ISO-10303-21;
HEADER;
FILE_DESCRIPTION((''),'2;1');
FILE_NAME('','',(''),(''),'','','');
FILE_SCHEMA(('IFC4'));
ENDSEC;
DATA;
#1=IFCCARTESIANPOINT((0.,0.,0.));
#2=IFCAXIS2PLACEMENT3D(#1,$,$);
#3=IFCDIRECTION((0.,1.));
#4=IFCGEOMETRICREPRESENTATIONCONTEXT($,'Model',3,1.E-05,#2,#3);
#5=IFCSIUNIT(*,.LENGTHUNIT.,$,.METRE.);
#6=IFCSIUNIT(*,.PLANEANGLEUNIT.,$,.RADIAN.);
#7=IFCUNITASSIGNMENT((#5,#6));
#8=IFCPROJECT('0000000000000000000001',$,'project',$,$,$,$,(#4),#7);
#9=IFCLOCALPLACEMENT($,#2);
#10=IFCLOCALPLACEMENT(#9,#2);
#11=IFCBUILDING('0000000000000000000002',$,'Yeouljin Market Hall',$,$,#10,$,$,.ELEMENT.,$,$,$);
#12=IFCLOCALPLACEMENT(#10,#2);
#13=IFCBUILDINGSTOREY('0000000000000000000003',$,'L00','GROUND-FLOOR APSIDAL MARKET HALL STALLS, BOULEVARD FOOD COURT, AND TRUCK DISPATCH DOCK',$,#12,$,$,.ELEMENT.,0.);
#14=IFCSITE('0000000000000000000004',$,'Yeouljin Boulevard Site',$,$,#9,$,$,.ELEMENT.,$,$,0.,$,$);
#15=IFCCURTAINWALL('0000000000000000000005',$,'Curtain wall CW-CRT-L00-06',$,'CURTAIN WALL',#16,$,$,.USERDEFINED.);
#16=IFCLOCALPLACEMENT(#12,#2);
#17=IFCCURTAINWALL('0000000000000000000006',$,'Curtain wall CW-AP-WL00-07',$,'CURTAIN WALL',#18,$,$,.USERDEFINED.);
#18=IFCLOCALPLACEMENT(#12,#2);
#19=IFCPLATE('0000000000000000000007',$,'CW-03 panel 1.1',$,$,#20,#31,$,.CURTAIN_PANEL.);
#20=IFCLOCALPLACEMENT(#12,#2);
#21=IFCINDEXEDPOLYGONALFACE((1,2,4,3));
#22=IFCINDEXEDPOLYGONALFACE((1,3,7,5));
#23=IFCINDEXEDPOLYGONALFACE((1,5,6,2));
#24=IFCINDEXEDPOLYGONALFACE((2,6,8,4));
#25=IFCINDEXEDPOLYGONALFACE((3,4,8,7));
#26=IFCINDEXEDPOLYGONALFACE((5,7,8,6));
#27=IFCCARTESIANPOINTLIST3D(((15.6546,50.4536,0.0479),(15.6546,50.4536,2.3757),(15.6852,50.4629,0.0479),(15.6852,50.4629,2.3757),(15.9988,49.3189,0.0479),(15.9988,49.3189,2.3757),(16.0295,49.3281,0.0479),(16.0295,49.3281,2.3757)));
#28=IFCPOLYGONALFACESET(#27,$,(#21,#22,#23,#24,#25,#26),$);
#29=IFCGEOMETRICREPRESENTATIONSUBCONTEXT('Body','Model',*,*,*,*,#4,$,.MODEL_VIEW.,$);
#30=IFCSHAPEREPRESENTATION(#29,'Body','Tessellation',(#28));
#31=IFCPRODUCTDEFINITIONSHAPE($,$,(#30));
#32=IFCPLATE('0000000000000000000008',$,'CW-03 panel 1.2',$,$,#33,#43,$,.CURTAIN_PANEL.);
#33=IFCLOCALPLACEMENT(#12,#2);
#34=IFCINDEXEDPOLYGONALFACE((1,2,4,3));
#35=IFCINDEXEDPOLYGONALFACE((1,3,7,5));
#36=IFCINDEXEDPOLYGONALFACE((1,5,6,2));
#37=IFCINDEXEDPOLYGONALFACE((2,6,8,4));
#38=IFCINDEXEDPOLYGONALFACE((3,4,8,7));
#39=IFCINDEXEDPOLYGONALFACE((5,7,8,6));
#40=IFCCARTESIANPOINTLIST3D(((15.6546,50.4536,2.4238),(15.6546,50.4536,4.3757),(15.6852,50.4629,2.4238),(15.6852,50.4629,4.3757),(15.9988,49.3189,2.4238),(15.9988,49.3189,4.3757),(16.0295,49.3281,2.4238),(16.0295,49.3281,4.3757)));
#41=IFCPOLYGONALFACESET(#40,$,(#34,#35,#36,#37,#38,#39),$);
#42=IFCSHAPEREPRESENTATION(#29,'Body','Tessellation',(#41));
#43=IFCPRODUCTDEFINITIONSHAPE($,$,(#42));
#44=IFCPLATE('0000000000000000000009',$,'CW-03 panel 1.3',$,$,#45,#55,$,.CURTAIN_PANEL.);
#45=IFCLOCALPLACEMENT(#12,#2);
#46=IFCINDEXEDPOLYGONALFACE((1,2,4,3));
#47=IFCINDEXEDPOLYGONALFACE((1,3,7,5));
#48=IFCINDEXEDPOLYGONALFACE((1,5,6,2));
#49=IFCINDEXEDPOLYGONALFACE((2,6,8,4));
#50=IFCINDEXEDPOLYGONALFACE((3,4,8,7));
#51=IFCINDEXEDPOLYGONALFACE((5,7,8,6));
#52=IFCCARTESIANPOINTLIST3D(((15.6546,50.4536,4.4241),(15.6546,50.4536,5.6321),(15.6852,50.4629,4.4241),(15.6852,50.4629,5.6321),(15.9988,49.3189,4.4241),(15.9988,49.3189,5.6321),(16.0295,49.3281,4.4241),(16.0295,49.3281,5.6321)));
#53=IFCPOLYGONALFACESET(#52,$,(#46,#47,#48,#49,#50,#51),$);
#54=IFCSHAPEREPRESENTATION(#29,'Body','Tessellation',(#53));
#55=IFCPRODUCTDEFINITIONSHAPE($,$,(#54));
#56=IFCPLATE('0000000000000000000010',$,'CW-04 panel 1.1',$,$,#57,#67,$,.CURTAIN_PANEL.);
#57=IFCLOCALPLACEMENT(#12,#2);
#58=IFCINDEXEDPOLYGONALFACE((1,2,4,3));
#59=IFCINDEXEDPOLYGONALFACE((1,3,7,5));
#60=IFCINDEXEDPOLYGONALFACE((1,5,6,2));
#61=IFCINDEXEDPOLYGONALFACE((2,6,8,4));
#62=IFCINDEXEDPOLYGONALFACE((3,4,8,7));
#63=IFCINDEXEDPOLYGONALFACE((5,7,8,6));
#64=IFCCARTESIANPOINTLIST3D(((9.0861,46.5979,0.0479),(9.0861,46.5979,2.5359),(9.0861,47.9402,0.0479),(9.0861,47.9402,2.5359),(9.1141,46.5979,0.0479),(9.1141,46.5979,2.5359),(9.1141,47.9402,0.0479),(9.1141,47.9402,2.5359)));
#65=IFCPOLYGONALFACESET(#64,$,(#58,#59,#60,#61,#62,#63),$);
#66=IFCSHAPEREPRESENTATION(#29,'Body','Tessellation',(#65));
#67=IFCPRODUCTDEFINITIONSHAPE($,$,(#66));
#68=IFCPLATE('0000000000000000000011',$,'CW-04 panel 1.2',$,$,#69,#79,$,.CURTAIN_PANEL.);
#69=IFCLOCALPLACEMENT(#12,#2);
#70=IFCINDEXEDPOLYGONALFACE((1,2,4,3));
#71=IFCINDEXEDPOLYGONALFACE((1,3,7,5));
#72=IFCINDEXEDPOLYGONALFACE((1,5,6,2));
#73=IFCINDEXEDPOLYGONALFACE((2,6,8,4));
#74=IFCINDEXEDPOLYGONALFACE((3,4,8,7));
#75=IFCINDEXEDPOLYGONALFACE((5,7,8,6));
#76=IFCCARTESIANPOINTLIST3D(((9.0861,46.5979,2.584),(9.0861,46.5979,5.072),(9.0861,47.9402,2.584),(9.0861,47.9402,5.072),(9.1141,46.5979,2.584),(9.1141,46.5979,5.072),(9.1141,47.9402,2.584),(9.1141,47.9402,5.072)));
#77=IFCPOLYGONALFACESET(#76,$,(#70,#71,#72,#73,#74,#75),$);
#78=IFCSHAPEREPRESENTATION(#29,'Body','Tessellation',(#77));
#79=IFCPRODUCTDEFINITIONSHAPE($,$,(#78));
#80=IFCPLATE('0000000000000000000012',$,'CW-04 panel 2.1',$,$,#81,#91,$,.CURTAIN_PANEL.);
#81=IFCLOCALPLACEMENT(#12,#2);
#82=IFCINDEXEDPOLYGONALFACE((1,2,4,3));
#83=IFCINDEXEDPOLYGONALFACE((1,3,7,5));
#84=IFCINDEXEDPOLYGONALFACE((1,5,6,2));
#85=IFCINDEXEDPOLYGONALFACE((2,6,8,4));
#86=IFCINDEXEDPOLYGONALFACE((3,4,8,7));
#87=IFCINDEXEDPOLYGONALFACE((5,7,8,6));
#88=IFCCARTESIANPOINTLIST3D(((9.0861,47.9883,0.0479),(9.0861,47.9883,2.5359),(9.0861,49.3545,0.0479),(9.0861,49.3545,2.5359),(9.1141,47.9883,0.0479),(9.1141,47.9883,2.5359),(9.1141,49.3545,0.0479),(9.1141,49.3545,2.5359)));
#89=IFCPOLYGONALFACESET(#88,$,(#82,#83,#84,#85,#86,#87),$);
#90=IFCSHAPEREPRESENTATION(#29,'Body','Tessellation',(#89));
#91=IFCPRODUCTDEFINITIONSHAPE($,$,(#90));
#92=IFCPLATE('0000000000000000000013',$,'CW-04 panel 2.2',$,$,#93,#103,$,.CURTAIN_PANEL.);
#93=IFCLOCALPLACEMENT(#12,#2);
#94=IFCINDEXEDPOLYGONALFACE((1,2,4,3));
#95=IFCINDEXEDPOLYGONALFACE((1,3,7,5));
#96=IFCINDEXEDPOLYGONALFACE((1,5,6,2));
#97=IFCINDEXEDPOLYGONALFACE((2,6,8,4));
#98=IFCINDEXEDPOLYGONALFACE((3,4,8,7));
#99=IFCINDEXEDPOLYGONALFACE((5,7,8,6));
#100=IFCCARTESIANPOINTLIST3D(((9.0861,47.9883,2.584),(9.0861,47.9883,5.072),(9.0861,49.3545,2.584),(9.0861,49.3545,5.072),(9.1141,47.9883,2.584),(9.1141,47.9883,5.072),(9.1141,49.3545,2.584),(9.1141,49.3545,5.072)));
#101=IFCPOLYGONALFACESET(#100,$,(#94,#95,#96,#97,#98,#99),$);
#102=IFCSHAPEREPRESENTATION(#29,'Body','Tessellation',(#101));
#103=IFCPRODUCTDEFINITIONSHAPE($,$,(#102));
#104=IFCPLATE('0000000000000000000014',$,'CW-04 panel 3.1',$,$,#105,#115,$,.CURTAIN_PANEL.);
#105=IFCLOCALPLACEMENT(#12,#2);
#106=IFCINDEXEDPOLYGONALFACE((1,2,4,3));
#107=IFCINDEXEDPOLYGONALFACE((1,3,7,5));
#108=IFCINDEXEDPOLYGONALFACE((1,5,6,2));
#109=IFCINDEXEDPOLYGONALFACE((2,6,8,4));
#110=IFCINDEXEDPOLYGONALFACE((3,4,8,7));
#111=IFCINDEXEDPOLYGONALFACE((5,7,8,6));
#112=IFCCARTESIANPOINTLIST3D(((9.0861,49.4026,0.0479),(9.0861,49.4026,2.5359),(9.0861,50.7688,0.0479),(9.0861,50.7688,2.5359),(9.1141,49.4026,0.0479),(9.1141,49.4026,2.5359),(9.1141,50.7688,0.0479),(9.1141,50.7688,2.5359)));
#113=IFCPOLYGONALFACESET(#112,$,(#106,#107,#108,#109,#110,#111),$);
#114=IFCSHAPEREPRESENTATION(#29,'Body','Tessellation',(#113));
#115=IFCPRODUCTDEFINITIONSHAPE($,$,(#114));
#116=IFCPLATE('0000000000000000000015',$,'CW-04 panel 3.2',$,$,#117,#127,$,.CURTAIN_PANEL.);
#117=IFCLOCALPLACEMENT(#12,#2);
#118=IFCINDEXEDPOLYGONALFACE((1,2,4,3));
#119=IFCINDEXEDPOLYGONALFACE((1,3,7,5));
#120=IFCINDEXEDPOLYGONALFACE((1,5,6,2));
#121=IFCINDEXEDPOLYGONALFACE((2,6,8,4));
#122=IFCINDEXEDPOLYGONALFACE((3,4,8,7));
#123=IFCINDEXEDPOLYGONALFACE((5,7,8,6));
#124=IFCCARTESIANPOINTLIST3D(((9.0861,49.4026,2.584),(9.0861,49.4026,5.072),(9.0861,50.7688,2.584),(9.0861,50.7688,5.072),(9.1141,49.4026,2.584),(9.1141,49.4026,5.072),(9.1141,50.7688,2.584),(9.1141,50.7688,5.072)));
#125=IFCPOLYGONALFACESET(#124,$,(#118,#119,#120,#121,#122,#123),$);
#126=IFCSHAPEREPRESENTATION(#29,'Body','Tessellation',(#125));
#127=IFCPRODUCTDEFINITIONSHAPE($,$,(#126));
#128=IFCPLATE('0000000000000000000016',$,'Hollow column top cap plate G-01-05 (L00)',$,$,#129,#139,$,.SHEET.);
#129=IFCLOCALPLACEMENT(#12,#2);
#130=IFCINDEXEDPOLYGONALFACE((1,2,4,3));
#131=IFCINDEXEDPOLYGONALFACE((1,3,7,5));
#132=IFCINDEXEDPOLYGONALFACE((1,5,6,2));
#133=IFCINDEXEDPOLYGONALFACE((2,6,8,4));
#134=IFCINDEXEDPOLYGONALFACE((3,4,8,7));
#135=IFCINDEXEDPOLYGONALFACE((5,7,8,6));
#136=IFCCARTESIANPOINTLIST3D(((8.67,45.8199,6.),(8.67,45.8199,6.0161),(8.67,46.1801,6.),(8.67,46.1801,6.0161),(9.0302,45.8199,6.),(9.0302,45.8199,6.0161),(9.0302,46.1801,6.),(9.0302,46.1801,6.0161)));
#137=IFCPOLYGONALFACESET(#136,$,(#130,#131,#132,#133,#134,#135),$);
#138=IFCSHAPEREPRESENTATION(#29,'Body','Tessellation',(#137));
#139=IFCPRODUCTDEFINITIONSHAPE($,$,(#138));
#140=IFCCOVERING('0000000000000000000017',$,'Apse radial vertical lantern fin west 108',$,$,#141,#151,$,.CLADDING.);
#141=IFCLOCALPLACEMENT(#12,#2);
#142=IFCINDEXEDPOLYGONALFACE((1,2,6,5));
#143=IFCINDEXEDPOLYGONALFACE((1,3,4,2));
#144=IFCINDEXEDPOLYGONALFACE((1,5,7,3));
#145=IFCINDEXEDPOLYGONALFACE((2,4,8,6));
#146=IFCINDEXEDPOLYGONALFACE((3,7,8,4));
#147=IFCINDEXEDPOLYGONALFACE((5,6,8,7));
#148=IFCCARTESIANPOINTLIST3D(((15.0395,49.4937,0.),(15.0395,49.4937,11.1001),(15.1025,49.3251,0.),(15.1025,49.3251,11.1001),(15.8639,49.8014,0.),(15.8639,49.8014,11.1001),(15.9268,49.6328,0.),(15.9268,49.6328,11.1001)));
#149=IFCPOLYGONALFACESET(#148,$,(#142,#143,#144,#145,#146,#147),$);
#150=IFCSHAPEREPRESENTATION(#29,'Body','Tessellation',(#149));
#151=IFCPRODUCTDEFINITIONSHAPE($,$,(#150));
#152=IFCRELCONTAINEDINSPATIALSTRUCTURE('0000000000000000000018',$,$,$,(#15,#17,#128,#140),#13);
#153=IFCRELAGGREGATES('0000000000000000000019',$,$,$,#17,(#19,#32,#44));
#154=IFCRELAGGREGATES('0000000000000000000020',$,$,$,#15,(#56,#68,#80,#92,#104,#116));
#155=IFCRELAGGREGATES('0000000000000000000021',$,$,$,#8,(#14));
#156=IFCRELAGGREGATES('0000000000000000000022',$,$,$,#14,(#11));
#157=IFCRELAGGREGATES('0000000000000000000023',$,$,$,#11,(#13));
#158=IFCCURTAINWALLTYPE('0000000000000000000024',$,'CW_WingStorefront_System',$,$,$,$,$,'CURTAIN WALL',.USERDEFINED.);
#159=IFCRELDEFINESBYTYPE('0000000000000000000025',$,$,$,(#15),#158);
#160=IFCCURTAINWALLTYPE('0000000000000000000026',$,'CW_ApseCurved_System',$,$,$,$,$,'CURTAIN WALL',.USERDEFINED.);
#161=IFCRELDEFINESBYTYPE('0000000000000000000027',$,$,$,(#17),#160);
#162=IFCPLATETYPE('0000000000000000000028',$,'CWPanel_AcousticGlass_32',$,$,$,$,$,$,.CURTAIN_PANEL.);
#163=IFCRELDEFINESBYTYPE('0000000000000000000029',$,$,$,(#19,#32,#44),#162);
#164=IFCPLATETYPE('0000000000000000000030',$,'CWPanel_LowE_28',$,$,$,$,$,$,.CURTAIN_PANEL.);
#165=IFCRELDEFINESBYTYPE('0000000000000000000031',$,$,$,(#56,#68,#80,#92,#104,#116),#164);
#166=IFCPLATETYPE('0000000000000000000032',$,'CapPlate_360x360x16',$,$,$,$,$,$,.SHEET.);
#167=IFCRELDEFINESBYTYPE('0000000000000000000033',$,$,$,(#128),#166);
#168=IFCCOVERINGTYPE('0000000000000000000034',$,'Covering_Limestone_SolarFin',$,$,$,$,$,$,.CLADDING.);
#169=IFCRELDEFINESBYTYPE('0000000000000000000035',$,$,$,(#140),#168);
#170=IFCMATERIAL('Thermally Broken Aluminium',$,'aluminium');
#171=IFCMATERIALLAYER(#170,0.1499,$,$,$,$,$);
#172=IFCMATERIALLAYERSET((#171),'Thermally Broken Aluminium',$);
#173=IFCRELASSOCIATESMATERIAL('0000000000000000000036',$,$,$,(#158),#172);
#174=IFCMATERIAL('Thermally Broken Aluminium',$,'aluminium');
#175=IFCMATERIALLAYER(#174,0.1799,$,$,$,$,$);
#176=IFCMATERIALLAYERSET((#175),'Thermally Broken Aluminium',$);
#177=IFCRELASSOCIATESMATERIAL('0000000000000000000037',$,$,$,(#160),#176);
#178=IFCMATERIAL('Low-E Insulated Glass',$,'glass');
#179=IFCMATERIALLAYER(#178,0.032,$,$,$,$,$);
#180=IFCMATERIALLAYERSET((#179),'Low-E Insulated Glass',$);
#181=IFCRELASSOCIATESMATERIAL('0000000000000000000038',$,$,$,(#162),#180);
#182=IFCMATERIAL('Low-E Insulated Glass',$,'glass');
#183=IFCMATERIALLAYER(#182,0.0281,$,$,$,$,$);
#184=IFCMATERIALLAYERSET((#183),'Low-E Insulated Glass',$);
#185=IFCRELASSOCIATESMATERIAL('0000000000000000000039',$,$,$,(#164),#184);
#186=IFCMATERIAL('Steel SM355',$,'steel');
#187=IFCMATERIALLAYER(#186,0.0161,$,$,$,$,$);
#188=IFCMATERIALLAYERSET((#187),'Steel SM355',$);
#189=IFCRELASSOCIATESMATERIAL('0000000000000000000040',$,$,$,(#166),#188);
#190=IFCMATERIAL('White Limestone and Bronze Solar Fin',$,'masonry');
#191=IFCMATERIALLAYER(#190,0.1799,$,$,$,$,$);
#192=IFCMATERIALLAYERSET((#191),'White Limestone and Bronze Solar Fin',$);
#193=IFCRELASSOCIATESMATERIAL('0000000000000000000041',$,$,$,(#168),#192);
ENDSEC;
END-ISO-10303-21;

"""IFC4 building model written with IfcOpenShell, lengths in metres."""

from ifc_helpers import new_model, si_unit, direction, frame, origin, origin_2d, place, context, subcontext, project, spatial, rectangle, extrude, material, layer, layer_set, type_object, element, aggregate, save


model = new_model("IFC4")

# Units and contexts
model_context = context("Model", 3, precision=1e-05, world=origin(), true_north=direction((0.0, 1.0)))
body_context = subcontext(model_context, "Body", "Model", "MODEL_VIEW")
ifc_project = project(units=[si_unit("LENGTHUNIT", "METRE"), si_unit("PLANEANGLEUNIT", "RADIAN")], contexts=[model_context])

# Site, building, storey
site_placement = place(None, origin())
site = spatial("IfcSite", under=ifc_project, at=site_placement, Name="Yeouljin Boulevard Site", CompositionType="ELEMENT", RefElevation=0.0)
building_placement = place(site_placement, origin())
building = spatial("IfcBuilding", under=site, at=building_placement, Name="Yeouljin Market Hall", CompositionType="ELEMENT")
storey_placement = place(building_placement, origin())
storey = spatial("IfcBuildingStorey", under=building, at=storey_placement, Name="L00", Description="GROUND-FLOOR APSIDAL MARKET HALL STALLS, BOULEVARD FOOD COURT, AND TRUCK DISPATCH DOCK", CompositionType="ELEMENT", Elevation=0.0)

# Curtain wall
ifc_material_1 = material(Name="Thermally Broken Aluminium", Category="aluminium")
ifc_layer_1 = layer(ifc_material_1, 0.1499)
ifc_layer_set_1 = layer_set([ifc_layer_1], Name="Thermally Broken Aluminium")
curtain_wall_type_1 = type_object("IfcCurtainWallType", Name="CW_WingStorefront_System", ElementType="CURTAIN WALL", PredefinedType="USERDEFINED", material=ifc_layer_set_1)
curtain_wall_1_placement = place(storey_placement, origin())
curtain_wall_1 = element("IfcCurtainWall", 1, at=curtain_wall_1_placement, inside=storey, type_object=curtain_wall_type_1, Name="Curtain wall CW-CRT-L00-06", ObjectType="CURTAIN WALL", PredefinedType="USERDEFINED")

# Curtain wall
ifc_material_2 = material(Name="Thermally Broken Aluminium", Category="aluminium")
ifc_layer_2 = layer(ifc_material_2, 0.1799)
ifc_layer_set_2 = layer_set([ifc_layer_2], Name="Thermally Broken Aluminium")
curtain_wall_type_2 = type_object("IfcCurtainWallType", Name="CW_ApseCurved_System", ElementType="CURTAIN WALL", PredefinedType="USERDEFINED", material=ifc_layer_set_2)
curtain_wall_2_placement = place(storey_placement, origin())
curtain_wall_2 = element("IfcCurtainWall", 2, at=curtain_wall_2_placement, inside=storey, type_object=curtain_wall_type_2, Name="Curtain wall CW-AP-WL00-07", ObjectType="CURTAIN WALL", PredefinedType="USERDEFINED")

# Plates
ifc_material_3 = material(Name="Low-E Insulated Glass", Category="glass")
ifc_layer_3 = layer(ifc_material_3, 0.032)
ifc_layer_set_3 = layer_set([ifc_layer_3], Name="Low-E Insulated Glass")
plate_type_1 = type_object("IfcPlateType", Name="CWPanel_AcousticGlass_32", PredefinedType="CURTAIN_PANEL", material=ifc_layer_set_3)
plate_1_placement = place(storey_placement, frame((15.842, 49.8909, 0.0479), z_axis=(0.0, 0.0, 1.0), x_axis=(-0.290286, 0.95694, 0.0)))
plate_1 = element("IfcPlate", 3, at=plate_1_placement, type_object=plate_type_1, Name="CW-03 panel 1.1", PredefinedType="CURTAIN_PANEL", context=body_context, shape_type="SweptSolid", body=[
    extrude(rectangle(XDim=1.1858, YDim=0.032, at=origin_2d()), origin(), (0.0, 0.0, 1.0), 2.3279),
])
plate_2_placement = place(storey_placement, frame((15.842, 49.8909, 2.4238), z_axis=(0.0, 0.0, 1.0), x_axis=(-0.290286, 0.95694, 0.0)))
plate_2 = element("IfcPlate", 4, at=plate_2_placement, type_object=plate_type_1, Name="CW-03 panel 1.2", PredefinedType="CURTAIN_PANEL", context=body_context, shape_type="SweptSolid", body=[
    extrude(rectangle(XDim=1.1858, YDim=0.032, at=origin_2d()), origin(), (0.0, 0.0, 1.0), 1.9519),
])
plate_3_placement = place(storey_placement, frame((15.842, 49.8909, 4.4241), z_axis=(0.0, 0.0, 1.0), x_axis=(-0.290286, 0.95694, 0.0)))
plate_3 = element("IfcPlate", 5, at=plate_3_placement, type_object=plate_type_1, Name="CW-03 panel 1.3", PredefinedType="CURTAIN_PANEL", context=body_context, shape_type="SweptSolid", body=[
    extrude(rectangle(XDim=1.1858, YDim=0.032, at=origin_2d()), origin(), (0.0, 0.0, 1.0), 1.208),
])
aggregate(curtain_wall_2, [plate_1, plate_2, plate_3])
ifc_material_4 = material(Name="Low-E Insulated Glass", Category="glass")
ifc_layer_4 = layer(ifc_material_4, 0.0281)
ifc_layer_set_4 = layer_set([ifc_layer_4], Name="Low-E Insulated Glass")
plate_type_2 = type_object("IfcPlateType", Name="CWPanel_LowE_28", PredefinedType="CURTAIN_PANEL", material=ifc_layer_set_4)
plate_4_placement = place(storey_placement, frame((9.1001, 47.269, 0.0479), z_axis=(0.0, 0.0, 1.0), x_axis=(0.0, 1.0, 0.0)))
plate_4 = element("IfcPlate", 6, at=plate_4_placement, type_object=plate_type_2, Name="CW-04 panel 1.1", PredefinedType="CURTAIN_PANEL", context=body_context, shape_type="SweptSolid", body=[
    extrude(rectangle(XDim=1.3423, YDim=0.0281, at=origin_2d()), origin(), (0.0, 0.0, 1.0), 2.488),
])
plate_5_placement = place(storey_placement, frame((9.1001, 47.269, 2.584), z_axis=(0.0, 0.0, 1.0), x_axis=(0.0, 1.0, 0.0)))
plate_5 = element("IfcPlate", 7, at=plate_5_placement, type_object=plate_type_2, Name="CW-04 panel 1.2", PredefinedType="CURTAIN_PANEL", context=body_context, shape_type="SweptSolid", body=[
    extrude(rectangle(XDim=1.3423, YDim=0.0281, at=origin_2d()), origin(), (0.0, 0.0, 1.0), 2.488),
])
plate_6_placement = place(storey_placement, frame((9.1001, 48.6714, 0.0479), z_axis=(0.0, 0.0, 1.0), x_axis=(0.0, 1.0, 0.0)))
plate_6 = element("IfcPlate", 8, at=plate_6_placement, type_object=plate_type_2, Name="CW-04 panel 2.1", PredefinedType="CURTAIN_PANEL", context=body_context, shape_type="SweptSolid", body=[
    extrude(rectangle(XDim=1.3662, YDim=0.0281, at=origin_2d()), origin(), (0.0, 0.0, 1.0), 2.488),
])
plate_7_placement = place(storey_placement, frame((9.1001, 48.6714, 2.584), z_axis=(0.0, 0.0, 1.0), x_axis=(0.0, 1.0, 0.0)))
plate_7 = element("IfcPlate", 9, at=plate_7_placement, type_object=plate_type_2, Name="CW-04 panel 2.2", PredefinedType="CURTAIN_PANEL", context=body_context, shape_type="SweptSolid", body=[
    extrude(rectangle(XDim=1.3662, YDim=0.0281, at=origin_2d()), origin(), (0.0, 0.0, 1.0), 2.488),
])
plate_8_placement = place(storey_placement, frame((9.1001, 50.0857, 0.0479), z_axis=(0.0, 0.0, 1.0), x_axis=(0.0, 1.0, 0.0)))
plate_8 = element("IfcPlate", 10, at=plate_8_placement, type_object=plate_type_2, Name="CW-04 panel 3.1", PredefinedType="CURTAIN_PANEL", context=body_context, shape_type="SweptSolid", body=[
    extrude(rectangle(XDim=1.3662, YDim=0.0281, at=origin_2d()), origin(), (0.0, 0.0, 1.0), 2.488),
])
plate_9_placement = place(storey_placement, frame((9.1001, 50.0857, 2.584), z_axis=(0.0, 0.0, 1.0), x_axis=(0.0, 1.0, 0.0)))
plate_9 = element("IfcPlate", 11, at=plate_9_placement, type_object=plate_type_2, Name="CW-04 panel 3.2", PredefinedType="CURTAIN_PANEL", context=body_context, shape_type="SweptSolid", body=[
    extrude(rectangle(XDim=1.3662, YDim=0.0281, at=origin_2d()), origin(), (0.0, 0.0, 1.0), 2.488),
])
aggregate(curtain_wall_1, [plate_4, plate_5, plate_6, plate_7, plate_8, plate_9])
ifc_material_5 = material(Name="Steel SM355", Category="steel")
ifc_layer_5 = layer(ifc_material_5, 0.0161)
ifc_layer_set_5 = layer_set([ifc_layer_5], Name="Steel SM355")
plate_type_3 = type_object("IfcPlateType", Name="CapPlate_360x360x16", PredefinedType="SHEET", material=ifc_layer_set_5)
plate_10_placement = place(storey_placement, frame((8.8501, 46.0, 6.0), z_axis=(0.0, 0.0, 1.0), x_axis=(1.0, 0.0, 0.0)))
element("IfcPlate", 12, at=plate_10_placement, inside=storey, type_object=plate_type_3, Name="Hollow column top cap plate G-01-05 (L00)", PredefinedType="SHEET", context=body_context, shape_type="SweptSolid", body=[
    extrude(rectangle(XDim=0.3601, YDim=0.3601, at=origin_2d()), origin(), (0.0, 0.0, 1.0), 0.0161),
])

# Covering
ifc_material_6 = material(Name="White Limestone and Bronze Solar Fin", Category="masonry")
ifc_layer_6 = layer(ifc_material_6, 0.1799)
ifc_layer_set_6 = layer_set([ifc_layer_6], Name="White Limestone and Bronze Solar Fin")
covering_type = type_object("IfcCoveringType", Name="Covering_Limestone_SolarFin", PredefinedType="CLADDING", material=ifc_layer_set_6)
covering_placement = place(storey_placement, frame((15.4832, 49.5632, 0.0), z_axis=(0.0, 0.0, 1.0), x_axis=(-0.936855, -0.349717, 0.0)))
element("IfcCovering", 13, at=covering_placement, inside=storey, type_object=covering_type, Name="Apse radial vertical lantern fin west 108", PredefinedType="CLADDING", context=body_context, shape_type="SweptSolid", body=[
    extrude(rectangle(XDim=0.8799, YDim=0.1799, at=origin_2d()), origin(), (0.0, 0.0, 1.0), 11.1001),
])

save(model, "model.ifc")
